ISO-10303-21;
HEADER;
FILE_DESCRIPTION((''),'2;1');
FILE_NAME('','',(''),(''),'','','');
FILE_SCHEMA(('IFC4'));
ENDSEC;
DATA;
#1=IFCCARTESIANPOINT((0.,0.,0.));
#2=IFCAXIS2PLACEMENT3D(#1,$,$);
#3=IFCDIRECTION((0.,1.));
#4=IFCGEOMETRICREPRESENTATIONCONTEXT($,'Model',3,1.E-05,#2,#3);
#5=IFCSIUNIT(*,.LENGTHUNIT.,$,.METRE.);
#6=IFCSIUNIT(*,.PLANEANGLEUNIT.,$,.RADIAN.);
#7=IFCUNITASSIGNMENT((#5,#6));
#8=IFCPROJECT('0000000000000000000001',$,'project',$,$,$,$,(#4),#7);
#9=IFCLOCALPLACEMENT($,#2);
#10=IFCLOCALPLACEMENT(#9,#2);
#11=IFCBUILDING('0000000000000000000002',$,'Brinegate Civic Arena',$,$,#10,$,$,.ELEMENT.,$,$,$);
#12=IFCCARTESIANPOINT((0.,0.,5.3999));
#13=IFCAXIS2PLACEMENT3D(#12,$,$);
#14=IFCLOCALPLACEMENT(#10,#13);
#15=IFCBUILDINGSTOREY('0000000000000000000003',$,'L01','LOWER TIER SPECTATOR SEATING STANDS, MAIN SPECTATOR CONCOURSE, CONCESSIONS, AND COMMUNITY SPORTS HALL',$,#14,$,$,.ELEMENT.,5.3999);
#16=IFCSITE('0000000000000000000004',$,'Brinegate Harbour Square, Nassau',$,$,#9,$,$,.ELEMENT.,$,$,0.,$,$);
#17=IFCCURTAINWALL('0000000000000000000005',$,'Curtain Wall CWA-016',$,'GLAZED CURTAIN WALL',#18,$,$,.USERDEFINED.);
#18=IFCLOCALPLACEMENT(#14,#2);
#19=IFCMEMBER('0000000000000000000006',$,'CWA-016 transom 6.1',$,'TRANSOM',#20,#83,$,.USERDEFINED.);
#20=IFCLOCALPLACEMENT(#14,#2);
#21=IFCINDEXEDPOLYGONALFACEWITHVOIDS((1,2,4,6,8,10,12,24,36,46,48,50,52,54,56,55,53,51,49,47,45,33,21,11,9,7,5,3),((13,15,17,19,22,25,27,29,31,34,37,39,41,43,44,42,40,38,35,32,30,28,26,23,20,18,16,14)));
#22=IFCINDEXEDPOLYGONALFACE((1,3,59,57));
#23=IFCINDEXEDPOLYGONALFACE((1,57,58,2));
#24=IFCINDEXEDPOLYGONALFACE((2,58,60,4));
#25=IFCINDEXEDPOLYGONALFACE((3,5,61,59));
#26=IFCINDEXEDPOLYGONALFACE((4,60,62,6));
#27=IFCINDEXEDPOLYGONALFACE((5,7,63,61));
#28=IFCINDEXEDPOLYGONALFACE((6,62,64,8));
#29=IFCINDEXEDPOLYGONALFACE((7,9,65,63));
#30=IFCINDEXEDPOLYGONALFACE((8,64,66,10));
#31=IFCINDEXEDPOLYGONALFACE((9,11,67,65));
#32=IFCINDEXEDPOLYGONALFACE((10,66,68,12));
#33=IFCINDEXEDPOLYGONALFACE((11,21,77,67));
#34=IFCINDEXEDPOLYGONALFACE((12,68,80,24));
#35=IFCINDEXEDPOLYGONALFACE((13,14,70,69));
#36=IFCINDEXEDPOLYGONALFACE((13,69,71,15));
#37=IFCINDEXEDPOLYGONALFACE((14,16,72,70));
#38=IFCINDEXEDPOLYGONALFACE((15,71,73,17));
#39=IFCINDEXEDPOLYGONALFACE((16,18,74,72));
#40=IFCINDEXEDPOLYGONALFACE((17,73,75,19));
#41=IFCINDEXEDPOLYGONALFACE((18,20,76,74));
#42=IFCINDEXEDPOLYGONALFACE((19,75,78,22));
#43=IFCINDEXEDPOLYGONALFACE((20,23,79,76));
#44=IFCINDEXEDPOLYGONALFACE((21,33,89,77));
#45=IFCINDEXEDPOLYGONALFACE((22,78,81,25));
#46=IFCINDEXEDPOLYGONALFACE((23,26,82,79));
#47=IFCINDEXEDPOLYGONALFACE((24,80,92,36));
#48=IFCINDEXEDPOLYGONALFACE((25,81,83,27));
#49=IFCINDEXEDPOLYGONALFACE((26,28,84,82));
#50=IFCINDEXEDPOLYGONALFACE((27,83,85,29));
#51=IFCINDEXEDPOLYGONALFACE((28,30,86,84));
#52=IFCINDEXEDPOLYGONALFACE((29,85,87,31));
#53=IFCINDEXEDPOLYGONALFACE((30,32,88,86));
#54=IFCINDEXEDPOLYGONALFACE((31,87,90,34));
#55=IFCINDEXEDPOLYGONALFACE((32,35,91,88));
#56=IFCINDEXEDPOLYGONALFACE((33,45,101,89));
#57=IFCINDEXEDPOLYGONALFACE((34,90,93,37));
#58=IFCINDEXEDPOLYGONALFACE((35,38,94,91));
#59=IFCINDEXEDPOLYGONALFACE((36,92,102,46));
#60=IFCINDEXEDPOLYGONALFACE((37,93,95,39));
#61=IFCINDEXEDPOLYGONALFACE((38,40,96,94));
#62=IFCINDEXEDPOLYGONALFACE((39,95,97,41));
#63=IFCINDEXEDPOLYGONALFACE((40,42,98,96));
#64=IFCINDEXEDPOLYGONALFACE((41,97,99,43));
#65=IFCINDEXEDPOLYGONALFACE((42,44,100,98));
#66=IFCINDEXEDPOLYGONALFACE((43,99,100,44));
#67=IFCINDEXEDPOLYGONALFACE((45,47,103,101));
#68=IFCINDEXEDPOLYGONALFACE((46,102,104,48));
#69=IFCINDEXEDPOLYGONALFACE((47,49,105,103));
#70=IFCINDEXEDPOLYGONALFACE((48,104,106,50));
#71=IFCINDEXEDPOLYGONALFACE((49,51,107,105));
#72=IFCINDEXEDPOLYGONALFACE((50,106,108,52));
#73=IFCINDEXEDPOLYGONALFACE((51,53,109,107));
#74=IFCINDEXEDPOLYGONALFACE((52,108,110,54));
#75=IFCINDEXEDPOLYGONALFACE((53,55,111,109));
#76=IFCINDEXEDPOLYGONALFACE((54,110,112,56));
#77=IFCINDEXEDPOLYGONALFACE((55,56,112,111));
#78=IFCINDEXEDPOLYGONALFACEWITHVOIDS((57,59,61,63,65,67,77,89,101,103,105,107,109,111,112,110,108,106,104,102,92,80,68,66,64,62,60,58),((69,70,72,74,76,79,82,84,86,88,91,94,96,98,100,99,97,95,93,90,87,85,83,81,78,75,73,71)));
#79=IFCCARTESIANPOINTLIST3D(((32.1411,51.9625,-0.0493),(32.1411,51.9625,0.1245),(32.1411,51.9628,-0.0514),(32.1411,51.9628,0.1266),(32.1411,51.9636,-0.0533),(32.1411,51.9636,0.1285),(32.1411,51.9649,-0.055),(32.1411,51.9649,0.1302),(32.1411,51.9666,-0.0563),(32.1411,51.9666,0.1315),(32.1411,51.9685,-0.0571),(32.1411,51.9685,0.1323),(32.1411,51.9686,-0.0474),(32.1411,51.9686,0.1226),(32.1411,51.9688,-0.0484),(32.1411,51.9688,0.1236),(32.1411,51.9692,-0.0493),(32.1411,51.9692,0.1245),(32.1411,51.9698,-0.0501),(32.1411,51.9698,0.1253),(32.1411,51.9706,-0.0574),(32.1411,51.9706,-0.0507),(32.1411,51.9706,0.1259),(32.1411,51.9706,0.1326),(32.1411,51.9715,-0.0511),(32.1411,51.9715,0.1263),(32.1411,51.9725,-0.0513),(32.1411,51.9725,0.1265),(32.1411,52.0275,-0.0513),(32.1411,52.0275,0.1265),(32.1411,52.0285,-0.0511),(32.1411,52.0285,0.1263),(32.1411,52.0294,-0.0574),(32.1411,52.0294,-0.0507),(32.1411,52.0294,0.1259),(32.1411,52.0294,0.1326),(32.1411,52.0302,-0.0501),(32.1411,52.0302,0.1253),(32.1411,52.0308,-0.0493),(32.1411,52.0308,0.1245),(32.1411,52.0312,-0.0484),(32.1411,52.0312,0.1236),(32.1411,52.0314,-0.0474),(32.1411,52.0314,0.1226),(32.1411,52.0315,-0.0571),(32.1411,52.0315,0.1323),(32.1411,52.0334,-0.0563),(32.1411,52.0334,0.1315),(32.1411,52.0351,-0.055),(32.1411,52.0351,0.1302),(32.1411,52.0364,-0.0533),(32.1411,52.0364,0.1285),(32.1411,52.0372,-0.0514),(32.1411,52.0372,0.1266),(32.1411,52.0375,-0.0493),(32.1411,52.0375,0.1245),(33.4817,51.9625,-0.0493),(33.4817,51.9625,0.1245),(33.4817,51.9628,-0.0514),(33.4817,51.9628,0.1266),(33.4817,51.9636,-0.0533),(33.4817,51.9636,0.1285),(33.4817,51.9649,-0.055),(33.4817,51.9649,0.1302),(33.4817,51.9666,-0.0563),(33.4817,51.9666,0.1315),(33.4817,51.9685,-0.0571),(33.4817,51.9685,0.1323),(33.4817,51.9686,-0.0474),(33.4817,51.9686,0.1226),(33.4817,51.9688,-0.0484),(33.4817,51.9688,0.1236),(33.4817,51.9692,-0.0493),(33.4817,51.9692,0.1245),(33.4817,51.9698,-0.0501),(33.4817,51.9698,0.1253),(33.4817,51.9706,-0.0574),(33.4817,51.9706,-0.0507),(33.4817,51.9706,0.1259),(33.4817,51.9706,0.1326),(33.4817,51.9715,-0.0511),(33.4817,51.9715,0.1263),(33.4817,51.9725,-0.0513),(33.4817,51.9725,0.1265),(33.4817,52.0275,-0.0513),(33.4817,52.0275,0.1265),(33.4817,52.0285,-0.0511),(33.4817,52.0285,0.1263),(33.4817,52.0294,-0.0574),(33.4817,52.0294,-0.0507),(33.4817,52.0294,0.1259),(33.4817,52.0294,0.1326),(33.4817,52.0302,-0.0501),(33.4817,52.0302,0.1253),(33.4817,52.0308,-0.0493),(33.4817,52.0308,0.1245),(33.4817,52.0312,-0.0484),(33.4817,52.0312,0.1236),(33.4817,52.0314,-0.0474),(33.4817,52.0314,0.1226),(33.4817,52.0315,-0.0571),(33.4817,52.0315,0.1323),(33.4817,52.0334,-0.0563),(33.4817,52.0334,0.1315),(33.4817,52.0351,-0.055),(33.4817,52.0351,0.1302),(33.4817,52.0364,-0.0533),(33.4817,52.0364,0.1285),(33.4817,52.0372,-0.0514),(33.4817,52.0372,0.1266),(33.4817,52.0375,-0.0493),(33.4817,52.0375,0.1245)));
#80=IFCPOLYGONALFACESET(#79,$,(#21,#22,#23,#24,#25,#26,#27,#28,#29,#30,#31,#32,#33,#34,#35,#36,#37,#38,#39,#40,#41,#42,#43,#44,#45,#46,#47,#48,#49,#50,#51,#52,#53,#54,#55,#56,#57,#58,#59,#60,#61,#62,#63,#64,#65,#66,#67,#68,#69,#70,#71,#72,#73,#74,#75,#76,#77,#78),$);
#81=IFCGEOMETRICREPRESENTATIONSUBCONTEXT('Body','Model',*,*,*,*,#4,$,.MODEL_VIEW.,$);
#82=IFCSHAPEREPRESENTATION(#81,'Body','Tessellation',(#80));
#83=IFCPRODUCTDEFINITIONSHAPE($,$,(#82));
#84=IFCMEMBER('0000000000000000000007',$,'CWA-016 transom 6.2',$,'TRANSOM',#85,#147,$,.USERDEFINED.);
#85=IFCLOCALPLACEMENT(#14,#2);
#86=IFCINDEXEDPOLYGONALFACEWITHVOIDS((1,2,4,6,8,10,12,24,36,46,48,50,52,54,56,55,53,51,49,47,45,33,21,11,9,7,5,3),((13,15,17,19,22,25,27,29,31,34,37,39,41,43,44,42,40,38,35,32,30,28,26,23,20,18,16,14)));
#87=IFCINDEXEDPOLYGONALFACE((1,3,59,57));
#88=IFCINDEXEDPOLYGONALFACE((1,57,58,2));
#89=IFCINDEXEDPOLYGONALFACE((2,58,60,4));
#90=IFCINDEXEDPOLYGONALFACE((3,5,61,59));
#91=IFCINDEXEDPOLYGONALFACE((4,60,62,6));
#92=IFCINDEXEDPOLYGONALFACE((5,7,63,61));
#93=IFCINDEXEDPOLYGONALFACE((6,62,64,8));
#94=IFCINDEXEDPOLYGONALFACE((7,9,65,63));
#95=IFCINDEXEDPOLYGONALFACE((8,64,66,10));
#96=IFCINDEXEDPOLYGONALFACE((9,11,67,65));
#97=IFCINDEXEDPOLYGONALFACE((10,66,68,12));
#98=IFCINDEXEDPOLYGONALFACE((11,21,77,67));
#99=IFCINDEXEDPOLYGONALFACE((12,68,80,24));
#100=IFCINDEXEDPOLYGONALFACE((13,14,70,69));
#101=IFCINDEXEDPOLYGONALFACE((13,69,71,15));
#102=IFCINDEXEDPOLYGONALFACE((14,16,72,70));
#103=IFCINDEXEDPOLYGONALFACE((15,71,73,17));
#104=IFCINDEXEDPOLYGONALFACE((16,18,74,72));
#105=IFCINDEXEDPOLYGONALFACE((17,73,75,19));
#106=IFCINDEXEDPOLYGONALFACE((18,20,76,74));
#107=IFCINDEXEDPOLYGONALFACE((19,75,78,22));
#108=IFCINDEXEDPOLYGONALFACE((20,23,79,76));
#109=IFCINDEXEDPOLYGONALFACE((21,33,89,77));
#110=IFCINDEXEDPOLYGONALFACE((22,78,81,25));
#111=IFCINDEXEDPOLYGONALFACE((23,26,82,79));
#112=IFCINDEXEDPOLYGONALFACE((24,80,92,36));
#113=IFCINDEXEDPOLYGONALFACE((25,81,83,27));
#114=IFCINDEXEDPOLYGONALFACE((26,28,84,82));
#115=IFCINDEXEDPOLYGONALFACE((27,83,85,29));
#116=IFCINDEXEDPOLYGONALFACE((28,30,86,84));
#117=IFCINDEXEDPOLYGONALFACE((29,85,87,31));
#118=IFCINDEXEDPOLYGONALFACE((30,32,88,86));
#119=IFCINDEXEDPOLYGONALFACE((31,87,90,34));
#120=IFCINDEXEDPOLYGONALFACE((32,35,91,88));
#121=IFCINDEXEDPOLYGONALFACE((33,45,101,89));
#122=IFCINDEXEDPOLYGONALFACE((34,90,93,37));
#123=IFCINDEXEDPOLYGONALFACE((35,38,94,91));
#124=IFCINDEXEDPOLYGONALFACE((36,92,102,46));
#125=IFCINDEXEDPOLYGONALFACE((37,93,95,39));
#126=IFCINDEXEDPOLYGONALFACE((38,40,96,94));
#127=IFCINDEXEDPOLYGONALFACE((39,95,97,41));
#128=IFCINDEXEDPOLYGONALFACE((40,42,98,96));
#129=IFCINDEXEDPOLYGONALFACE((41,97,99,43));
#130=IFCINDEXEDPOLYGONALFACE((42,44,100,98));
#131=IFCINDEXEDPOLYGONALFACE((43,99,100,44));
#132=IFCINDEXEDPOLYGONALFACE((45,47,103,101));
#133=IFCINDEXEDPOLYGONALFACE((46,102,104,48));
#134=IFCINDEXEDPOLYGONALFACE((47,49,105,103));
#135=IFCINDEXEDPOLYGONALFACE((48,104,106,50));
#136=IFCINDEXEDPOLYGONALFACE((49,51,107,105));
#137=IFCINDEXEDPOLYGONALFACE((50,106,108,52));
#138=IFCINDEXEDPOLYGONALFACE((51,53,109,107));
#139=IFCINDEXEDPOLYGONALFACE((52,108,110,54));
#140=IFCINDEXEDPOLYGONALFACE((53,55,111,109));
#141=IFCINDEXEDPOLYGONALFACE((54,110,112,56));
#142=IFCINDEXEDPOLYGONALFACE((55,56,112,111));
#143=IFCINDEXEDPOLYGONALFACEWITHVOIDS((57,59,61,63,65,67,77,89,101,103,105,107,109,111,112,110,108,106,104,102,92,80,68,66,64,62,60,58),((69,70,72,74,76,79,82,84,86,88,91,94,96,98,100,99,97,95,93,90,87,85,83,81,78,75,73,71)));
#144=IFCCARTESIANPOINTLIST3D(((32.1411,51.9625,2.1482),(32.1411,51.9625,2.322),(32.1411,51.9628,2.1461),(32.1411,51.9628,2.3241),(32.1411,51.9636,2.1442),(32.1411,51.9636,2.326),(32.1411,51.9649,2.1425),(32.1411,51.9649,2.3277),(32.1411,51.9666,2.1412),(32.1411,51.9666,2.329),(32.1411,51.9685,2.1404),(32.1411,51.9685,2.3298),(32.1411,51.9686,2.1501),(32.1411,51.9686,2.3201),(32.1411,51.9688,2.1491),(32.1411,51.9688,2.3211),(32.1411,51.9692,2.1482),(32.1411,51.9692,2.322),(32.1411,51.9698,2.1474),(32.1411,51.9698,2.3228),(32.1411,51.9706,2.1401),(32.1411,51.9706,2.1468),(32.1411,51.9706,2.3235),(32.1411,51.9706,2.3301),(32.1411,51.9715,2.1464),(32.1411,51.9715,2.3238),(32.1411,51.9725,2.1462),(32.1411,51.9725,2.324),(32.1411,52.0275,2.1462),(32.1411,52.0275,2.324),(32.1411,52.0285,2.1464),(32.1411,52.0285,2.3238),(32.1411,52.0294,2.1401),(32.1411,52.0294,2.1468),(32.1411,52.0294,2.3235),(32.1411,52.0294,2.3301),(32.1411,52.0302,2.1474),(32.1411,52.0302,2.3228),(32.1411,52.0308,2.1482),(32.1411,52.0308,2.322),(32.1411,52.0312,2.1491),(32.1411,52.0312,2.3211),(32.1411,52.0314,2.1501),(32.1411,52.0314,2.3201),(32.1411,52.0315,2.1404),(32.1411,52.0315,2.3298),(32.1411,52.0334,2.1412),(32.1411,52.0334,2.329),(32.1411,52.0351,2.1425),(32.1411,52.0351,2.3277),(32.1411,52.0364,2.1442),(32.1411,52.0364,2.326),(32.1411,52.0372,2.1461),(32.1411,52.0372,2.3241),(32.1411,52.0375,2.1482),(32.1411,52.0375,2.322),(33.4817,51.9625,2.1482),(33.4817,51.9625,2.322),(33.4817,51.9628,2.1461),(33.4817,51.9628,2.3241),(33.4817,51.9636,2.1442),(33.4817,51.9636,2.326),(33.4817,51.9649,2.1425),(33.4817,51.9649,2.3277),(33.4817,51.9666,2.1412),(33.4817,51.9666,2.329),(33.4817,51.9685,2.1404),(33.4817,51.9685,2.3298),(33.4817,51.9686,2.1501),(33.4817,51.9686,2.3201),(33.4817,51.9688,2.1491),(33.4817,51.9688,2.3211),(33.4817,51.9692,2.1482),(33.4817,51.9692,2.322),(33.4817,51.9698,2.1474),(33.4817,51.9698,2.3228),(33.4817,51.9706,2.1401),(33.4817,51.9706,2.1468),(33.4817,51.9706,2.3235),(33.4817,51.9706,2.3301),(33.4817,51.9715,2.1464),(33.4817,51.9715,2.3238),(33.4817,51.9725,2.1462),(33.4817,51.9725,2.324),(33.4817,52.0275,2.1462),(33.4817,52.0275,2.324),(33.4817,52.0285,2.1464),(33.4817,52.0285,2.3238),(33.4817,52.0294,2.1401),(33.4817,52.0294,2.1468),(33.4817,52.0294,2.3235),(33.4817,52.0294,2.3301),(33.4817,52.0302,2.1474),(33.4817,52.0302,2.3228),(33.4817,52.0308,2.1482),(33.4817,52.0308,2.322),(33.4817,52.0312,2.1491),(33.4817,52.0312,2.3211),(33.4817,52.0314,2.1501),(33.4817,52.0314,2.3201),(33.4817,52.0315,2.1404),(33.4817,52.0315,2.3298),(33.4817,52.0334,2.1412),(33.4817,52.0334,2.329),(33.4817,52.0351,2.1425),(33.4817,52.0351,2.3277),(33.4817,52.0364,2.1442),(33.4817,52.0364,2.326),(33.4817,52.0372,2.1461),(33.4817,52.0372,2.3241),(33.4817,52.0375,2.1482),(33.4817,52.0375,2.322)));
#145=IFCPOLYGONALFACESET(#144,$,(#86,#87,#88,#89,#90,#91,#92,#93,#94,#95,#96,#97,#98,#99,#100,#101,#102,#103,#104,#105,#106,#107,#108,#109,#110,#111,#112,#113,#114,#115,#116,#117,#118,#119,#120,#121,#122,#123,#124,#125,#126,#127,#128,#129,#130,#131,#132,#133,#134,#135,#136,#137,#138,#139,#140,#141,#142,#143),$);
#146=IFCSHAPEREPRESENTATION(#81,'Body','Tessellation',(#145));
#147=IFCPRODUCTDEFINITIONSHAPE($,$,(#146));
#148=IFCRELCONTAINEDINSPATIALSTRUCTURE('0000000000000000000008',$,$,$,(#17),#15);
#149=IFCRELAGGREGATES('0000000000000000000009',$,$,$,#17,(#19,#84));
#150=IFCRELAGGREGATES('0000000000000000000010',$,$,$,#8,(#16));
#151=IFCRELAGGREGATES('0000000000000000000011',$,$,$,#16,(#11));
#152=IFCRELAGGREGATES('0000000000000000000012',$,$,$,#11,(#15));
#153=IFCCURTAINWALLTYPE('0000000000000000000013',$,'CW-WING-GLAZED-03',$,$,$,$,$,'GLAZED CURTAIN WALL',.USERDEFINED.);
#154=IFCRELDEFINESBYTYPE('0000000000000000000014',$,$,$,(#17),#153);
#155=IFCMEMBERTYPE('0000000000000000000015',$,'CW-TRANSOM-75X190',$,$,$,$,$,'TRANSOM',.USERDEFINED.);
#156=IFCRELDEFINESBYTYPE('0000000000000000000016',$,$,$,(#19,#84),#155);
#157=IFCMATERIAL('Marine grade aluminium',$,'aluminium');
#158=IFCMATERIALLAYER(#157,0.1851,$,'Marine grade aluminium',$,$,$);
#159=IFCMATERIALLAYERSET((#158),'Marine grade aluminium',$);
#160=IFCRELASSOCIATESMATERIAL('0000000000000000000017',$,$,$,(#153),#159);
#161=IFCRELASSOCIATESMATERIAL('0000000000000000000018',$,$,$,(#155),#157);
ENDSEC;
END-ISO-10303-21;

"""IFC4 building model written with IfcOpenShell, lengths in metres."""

from ifc_helpers import new_model, si_unit, direction, frame, origin, origin_2d, place, context, subcontext, project, spatial, hollow_rectangle, extrude, material, layer, layer_set, material_profile, profile_set, type_object, element, aggregate, save


model = new_model("IFC4")

# Units and contexts
model_context = context("Model", 3, precision=1e-05, world=origin(), true_north=direction((0.0, 1.0)))
body_context = subcontext(model_context, "Body", "Model", "MODEL_VIEW")
ifc_project = project(units=[si_unit("LENGTHUNIT", "METRE"), si_unit("PLANEANGLEUNIT", "RADIAN")], contexts=[model_context])

# Site, building, storey
site_placement = place(None, origin())
site = spatial("IfcSite", under=ifc_project, at=site_placement, Name="Brinegate Harbour Square, Nassau", CompositionType="ELEMENT", RefElevation=0.0)
building_placement = place(site_placement, origin())
building = spatial("IfcBuilding", under=site, at=building_placement, Name="Brinegate Civic Arena", CompositionType="ELEMENT")
storey_placement = place(building_placement, frame((0.0, 0.0, 5.3999)))
storey = spatial("IfcBuildingStorey", under=building, at=storey_placement, Name="L01", Description="LOWER TIER SPECTATOR SEATING STANDS, MAIN SPECTATOR CONCOURSE, CONCESSIONS, AND COMMUNITY SPORTS HALL", CompositionType="ELEMENT", Elevation=5.3999)

# Curtain wall
ifc_material_1 = material(Name="Marine grade aluminium", Category="aluminium")
ifc_layer_1 = layer(ifc_material_1, 0.1851, Name="Marine grade aluminium")
ifc_layer_set_1 = layer_set([ifc_layer_1], Name="Marine grade aluminium")
curtain_wall_type = type_object("IfcCurtainWallType", Name="CW-WING-GLAZED-03", ElementType="GLAZED CURTAIN WALL", PredefinedType="USERDEFINED", material=ifc_layer_set_1)
curtain_wall_1_placement = place(storey_placement, origin())
curtain_wall_1 = element("IfcCurtainWall", 1, at=curtain_wall_1_placement, inside=storey, type_object=curtain_wall_type, Name="Curtain Wall CWA-016", ObjectType="GLAZED CURTAIN WALL", PredefinedType="USERDEFINED")

# Members
ifc_material_profile_1 = material_profile(ifc_material_1, hollow_rectangle(XDim=0.075, YDim=0.1899, WallThickness=0.0061, InnerFilletRadius=0.0039, OuterFilletRadius=0.0081, at=origin_2d()), Name="TRN75X190")
ifc_profile_set_1 = profile_set([ifc_material_profile_1], Name="Marine grade aluminium")
member_type_1 = type_object("IfcMemberType", Name="CW-TRANSOM-75X190", ElementType="TRANSOM", PredefinedType="USERDEFINED", material=ifc_profile_set_1)
member_1_placement = place(storey_placement, frame((32.1411, 52.0, 0.0376), z_axis=(1.0, 0.0, 0.0), x_axis=(0.0, 1.0, 0.0)))
member_1 = element("IfcMember", 2, at=member_1_placement, type_object=member_type_1, Name="CWA-016 transom 6.1", ObjectType="TRANSOM", PredefinedType="USERDEFINED", context=body_context, shape_type="SweptSolid", body=[
    extrude(hollow_rectangle(XDim=0.075, YDim=0.1899, WallThickness=0.0061, InnerFilletRadius=0.0039, OuterFilletRadius=0.0081, at=origin_2d()), origin(), (0.0, 0.0, 1.0), 1.3406),
])
member_2_placement = place(storey_placement, frame((32.1411, 52.0, 2.2351), z_axis=(1.0, 0.0, 0.0), x_axis=(0.0, 1.0, 0.0)))
member_2 = element("IfcMember", 3, at=member_2_placement, type_object=member_type_1, Name="CWA-016 transom 6.2", ObjectType="TRANSOM", PredefinedType="USERDEFINED", context=body_context, shape_type="SweptSolid", body=[
    extrude(hollow_rectangle(XDim=0.075, YDim=0.1899, WallThickness=0.0061, InnerFilletRadius=0.0039, OuterFilletRadius=0.0081, at=origin_2d()), origin(), (0.0, 0.0, 1.0), 1.3406),
])

aggregate(curtain_wall_1, [member_1, member_2])

save(model, "model.ifc")
